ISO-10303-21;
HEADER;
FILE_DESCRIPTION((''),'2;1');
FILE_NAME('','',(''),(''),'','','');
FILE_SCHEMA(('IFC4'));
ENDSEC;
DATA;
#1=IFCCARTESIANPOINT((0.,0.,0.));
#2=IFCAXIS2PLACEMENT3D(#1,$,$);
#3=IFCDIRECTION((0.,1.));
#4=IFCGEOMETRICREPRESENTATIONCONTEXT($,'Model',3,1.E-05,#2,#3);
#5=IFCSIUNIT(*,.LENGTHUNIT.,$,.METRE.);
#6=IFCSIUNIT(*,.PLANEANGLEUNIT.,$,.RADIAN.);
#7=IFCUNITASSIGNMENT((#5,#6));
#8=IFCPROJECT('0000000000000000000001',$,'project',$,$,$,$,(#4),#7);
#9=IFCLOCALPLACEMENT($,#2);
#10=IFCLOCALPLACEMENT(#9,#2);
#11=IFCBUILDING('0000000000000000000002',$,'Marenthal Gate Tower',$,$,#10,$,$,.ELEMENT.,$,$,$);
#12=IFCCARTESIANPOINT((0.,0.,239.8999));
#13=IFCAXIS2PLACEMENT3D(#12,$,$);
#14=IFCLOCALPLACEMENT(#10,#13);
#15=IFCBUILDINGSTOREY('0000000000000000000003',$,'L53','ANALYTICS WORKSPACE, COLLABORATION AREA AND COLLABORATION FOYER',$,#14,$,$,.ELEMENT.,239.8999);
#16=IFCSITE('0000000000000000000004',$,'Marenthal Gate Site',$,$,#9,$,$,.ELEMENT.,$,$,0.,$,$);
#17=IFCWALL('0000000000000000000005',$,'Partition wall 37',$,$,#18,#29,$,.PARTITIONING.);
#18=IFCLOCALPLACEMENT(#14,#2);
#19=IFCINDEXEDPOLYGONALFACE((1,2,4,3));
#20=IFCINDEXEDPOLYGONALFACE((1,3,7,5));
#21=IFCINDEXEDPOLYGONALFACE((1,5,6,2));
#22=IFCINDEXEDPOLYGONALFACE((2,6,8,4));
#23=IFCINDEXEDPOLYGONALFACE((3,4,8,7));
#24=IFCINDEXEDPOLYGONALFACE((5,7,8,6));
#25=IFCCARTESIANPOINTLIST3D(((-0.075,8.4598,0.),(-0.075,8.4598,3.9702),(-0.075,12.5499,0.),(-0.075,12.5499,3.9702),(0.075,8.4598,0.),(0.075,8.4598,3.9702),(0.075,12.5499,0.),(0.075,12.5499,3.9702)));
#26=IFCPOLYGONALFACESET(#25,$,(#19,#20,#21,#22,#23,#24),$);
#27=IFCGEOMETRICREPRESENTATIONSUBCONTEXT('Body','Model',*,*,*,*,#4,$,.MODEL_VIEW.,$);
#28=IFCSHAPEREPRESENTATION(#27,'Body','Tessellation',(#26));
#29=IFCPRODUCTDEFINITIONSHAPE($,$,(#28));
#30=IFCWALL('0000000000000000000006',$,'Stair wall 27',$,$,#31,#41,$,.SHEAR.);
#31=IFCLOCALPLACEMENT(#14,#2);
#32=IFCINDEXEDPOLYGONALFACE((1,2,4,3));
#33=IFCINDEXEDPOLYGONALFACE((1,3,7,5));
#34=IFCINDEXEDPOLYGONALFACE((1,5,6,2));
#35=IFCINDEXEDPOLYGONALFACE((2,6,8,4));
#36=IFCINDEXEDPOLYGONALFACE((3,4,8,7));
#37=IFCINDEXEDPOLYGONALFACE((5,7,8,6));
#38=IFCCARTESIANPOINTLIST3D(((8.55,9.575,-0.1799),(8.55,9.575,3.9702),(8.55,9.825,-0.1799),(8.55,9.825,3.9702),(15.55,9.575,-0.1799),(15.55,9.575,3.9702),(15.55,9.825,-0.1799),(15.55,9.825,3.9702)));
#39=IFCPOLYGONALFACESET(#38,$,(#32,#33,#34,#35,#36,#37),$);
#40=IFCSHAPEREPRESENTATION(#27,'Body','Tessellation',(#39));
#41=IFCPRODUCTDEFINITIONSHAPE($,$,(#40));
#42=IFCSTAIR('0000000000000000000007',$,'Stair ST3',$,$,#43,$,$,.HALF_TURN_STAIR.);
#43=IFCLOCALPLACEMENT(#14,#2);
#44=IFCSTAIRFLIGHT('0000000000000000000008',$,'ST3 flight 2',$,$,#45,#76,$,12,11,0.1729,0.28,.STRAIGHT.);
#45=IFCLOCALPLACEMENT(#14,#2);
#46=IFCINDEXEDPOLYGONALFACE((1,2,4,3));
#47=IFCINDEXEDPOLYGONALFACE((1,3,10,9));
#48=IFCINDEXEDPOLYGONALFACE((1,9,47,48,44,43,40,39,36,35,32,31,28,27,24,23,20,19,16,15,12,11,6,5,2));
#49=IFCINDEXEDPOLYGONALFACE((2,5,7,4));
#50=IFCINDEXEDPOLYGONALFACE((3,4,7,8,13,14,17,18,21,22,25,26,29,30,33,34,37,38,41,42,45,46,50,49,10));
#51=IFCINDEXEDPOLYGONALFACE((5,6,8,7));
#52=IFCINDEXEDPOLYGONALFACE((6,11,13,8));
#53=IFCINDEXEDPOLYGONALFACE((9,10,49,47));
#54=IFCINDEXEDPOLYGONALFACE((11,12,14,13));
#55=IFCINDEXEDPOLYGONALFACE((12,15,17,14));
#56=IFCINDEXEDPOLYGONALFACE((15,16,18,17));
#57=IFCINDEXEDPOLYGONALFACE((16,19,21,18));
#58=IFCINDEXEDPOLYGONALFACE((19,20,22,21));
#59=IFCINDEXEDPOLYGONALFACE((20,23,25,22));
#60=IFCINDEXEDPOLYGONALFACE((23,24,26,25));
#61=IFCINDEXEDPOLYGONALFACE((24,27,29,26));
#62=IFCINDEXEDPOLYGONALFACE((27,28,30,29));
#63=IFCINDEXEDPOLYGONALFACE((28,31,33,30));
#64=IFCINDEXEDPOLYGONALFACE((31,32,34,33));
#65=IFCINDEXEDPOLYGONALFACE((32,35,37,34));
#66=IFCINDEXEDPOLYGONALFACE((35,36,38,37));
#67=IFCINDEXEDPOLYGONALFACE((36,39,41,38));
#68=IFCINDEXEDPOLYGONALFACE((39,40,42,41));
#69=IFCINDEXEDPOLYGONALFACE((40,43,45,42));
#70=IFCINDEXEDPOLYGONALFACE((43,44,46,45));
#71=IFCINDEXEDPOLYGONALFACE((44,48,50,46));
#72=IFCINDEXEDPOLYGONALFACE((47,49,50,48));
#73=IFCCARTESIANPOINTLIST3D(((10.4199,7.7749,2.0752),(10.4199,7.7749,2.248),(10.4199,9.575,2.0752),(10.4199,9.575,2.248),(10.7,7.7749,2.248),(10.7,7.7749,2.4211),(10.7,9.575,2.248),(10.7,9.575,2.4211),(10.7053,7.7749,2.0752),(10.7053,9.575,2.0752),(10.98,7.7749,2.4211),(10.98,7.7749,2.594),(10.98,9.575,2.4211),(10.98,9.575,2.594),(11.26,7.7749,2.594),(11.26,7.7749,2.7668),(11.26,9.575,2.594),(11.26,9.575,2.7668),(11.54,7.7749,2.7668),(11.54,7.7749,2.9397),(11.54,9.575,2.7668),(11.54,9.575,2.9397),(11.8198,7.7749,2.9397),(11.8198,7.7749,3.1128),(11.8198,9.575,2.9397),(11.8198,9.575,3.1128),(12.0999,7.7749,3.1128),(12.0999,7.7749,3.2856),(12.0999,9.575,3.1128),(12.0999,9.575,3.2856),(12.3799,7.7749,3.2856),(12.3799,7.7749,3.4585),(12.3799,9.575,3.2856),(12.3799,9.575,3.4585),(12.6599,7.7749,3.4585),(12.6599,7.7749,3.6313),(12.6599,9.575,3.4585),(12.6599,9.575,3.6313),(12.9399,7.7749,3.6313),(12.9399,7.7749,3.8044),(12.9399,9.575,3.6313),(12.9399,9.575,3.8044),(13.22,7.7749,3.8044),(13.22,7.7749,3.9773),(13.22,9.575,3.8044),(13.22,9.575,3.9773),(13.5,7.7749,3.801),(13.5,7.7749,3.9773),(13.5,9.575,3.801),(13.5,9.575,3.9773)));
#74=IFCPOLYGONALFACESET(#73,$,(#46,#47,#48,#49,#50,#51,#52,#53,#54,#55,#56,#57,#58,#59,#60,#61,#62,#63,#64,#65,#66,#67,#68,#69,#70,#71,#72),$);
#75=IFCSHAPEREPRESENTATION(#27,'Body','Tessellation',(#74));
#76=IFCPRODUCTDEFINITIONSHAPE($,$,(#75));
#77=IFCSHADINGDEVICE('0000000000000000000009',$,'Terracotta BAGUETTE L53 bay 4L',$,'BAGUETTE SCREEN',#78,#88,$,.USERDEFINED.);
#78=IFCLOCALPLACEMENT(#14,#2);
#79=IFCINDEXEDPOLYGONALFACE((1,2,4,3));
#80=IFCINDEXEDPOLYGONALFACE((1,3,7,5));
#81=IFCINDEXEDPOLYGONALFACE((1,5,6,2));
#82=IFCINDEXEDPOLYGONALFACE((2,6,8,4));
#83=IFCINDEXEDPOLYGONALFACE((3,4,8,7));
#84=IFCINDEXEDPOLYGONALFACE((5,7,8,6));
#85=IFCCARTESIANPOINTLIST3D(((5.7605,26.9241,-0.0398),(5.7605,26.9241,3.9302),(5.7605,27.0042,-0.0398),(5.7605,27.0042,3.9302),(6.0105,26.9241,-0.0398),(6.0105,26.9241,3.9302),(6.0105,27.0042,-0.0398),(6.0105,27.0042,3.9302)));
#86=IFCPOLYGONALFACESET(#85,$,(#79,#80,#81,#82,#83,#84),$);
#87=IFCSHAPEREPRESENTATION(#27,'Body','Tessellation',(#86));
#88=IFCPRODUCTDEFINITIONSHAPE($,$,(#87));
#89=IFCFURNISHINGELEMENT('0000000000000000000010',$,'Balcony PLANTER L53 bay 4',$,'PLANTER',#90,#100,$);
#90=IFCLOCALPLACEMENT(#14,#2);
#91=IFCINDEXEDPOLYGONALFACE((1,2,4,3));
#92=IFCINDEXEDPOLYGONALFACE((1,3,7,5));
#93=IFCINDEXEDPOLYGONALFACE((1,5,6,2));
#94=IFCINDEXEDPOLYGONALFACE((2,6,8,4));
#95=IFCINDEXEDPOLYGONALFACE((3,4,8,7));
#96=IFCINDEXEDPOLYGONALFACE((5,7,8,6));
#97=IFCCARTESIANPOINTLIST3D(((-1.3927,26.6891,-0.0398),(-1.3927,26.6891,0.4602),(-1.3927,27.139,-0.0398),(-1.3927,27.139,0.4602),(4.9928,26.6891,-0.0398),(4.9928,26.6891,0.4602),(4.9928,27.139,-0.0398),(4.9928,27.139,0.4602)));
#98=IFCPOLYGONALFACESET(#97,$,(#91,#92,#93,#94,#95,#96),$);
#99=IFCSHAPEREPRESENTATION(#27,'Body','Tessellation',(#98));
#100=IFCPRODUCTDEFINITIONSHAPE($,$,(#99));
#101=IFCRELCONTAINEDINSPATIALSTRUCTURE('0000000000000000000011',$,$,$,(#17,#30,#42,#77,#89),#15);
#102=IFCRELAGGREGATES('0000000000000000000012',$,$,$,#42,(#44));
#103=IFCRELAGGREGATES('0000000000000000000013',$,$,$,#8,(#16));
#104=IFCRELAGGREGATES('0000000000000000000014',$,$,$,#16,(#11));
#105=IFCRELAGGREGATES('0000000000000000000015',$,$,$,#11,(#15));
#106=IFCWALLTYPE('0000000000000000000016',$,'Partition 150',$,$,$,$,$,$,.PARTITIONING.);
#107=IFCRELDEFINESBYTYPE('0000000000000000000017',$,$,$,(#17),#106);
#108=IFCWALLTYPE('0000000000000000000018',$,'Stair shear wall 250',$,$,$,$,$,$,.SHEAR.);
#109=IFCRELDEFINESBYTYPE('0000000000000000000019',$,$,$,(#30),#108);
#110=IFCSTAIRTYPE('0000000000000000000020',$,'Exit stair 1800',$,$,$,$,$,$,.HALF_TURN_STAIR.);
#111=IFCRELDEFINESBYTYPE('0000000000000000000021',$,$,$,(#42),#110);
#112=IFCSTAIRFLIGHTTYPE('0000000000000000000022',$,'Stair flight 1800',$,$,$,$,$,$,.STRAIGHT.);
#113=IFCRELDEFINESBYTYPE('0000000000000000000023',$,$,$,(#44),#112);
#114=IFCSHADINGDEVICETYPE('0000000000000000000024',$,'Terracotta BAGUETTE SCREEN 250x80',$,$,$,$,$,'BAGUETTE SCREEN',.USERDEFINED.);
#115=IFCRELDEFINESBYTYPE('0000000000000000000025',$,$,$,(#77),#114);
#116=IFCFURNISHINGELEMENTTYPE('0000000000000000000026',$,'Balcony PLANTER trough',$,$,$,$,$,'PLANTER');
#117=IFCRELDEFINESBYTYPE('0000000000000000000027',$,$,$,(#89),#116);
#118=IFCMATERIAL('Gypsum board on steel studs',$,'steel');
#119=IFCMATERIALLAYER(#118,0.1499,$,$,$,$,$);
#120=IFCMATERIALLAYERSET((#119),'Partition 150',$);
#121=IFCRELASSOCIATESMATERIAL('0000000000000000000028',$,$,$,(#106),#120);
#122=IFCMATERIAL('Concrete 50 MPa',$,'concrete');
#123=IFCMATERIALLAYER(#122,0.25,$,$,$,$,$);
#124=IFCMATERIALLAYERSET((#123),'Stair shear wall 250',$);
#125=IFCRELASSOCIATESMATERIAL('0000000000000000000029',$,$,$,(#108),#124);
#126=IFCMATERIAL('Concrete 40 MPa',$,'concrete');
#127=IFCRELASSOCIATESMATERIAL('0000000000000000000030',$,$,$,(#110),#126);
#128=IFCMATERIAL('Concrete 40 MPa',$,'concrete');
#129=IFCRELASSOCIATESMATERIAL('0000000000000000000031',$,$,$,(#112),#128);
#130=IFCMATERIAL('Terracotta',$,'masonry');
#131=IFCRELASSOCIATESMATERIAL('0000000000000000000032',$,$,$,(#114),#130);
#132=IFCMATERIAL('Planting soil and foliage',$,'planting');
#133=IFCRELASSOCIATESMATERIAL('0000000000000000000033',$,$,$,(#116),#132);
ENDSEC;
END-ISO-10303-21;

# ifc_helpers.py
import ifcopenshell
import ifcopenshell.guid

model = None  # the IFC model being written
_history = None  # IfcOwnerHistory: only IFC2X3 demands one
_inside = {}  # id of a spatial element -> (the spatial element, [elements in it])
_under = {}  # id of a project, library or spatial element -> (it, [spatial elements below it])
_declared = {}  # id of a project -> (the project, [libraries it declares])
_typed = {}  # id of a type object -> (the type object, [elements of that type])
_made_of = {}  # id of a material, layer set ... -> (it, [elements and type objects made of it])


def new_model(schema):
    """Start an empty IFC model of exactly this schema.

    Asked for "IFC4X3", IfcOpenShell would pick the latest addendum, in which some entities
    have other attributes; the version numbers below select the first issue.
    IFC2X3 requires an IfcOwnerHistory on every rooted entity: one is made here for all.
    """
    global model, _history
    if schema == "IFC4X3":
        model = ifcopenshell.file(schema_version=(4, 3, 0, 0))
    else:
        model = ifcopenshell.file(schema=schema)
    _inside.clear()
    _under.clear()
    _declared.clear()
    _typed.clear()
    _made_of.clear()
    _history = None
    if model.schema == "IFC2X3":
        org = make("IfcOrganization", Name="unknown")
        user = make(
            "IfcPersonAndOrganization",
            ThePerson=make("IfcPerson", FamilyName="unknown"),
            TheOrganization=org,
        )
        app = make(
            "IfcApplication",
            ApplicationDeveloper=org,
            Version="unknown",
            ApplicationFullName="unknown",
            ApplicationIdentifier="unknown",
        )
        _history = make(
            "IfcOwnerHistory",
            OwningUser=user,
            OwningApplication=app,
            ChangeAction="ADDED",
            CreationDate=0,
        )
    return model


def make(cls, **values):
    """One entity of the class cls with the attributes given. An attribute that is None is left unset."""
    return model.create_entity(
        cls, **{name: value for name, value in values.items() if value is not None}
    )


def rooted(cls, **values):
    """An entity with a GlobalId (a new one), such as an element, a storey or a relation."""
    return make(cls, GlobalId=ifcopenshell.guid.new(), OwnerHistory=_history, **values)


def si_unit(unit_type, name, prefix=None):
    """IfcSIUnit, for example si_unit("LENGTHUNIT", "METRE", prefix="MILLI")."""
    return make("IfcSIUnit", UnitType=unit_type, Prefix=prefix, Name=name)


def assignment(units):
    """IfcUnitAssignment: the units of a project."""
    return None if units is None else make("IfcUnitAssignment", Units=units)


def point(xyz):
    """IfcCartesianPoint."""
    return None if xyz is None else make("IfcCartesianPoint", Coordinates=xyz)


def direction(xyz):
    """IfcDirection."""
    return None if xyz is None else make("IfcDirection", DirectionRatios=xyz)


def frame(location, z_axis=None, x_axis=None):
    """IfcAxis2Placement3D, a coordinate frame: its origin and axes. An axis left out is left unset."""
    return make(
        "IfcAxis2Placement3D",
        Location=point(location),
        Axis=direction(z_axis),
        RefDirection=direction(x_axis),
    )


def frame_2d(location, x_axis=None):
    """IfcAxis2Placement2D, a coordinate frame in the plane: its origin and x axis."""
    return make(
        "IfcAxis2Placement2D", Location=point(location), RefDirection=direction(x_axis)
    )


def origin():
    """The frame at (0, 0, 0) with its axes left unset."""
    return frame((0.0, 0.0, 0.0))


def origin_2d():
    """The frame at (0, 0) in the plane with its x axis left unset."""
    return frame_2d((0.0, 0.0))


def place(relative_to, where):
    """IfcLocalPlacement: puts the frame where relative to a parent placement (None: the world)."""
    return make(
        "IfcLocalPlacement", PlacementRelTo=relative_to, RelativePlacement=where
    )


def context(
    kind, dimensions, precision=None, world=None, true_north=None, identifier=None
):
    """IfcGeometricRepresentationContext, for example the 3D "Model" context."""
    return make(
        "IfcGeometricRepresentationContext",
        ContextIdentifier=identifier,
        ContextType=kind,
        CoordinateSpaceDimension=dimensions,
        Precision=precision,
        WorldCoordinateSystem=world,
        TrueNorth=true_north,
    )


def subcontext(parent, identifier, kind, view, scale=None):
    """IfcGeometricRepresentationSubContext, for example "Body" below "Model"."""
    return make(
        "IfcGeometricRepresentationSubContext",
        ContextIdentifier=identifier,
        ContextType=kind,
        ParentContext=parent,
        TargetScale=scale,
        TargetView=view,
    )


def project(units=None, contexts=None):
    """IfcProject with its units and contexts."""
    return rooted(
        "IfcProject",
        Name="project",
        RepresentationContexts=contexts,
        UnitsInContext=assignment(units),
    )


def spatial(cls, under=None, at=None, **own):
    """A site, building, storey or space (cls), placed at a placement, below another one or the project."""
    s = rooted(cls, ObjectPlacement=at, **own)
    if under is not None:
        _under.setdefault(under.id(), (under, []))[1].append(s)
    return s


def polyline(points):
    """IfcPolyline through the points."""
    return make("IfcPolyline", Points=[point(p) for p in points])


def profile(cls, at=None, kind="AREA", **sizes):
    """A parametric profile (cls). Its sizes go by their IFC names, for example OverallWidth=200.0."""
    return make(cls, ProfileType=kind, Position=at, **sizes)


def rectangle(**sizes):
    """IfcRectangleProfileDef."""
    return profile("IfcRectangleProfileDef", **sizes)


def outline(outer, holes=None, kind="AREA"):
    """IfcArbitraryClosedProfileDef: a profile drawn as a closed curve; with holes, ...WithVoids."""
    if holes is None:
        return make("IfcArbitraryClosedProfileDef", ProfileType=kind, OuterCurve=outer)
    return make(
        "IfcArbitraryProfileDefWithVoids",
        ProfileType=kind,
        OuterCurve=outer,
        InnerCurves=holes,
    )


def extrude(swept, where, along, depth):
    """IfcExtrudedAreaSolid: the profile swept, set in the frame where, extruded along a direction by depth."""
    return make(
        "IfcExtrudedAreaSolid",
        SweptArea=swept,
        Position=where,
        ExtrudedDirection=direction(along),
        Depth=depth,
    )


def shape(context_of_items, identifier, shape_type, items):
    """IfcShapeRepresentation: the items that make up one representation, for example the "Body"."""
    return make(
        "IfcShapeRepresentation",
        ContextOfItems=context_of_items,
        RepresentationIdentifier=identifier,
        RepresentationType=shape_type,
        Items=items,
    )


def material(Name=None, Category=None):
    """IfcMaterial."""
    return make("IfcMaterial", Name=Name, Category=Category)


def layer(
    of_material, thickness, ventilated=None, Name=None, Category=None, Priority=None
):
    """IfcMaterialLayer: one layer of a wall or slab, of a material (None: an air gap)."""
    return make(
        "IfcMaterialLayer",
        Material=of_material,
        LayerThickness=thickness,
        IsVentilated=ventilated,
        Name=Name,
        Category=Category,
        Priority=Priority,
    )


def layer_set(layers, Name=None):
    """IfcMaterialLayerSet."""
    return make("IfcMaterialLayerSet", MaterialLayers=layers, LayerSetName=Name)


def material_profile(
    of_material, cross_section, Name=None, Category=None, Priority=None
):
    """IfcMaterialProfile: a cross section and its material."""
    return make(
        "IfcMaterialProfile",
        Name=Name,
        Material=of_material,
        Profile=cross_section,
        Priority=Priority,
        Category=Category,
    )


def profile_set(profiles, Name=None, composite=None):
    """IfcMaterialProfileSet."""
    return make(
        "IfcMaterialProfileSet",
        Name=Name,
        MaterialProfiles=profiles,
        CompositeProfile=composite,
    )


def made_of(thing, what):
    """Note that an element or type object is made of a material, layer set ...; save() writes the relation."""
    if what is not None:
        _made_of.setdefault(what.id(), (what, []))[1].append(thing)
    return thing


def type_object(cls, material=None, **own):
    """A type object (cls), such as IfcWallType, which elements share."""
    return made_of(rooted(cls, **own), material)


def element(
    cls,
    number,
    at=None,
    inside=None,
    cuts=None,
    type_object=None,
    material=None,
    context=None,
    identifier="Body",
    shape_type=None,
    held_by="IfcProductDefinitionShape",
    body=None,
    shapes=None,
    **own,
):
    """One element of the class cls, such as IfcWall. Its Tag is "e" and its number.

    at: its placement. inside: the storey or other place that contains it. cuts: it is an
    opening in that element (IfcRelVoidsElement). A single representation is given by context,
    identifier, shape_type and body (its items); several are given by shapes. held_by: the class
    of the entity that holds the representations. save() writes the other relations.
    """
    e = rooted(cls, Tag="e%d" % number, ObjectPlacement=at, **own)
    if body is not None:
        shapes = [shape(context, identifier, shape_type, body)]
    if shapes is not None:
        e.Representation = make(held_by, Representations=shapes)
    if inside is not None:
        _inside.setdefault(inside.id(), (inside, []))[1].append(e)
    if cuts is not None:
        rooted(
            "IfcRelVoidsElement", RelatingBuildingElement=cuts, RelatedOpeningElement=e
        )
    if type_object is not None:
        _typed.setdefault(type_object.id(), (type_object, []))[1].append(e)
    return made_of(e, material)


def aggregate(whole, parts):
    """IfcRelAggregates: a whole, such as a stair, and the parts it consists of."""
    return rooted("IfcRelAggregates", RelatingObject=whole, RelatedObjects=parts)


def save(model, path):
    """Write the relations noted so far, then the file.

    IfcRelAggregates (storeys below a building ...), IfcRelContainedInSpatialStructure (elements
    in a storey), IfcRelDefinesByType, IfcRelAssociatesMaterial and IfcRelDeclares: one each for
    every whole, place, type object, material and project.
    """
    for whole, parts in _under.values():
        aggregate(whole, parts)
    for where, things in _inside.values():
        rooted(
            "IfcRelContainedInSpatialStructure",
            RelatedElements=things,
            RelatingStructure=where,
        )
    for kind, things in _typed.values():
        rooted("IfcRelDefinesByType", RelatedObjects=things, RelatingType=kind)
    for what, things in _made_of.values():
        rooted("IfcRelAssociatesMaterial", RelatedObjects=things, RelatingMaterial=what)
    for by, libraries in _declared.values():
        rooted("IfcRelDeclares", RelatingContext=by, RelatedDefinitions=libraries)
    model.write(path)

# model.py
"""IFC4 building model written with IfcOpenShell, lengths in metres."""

from ifc_helpers import new_model, si_unit, direction, frame, frame_2d, origin, origin_2d, place, context, subcontext, project, spatial, polyline, rectangle, outline, extrude, material, layer, layer_set, material_profile, profile_set, type_object, element, aggregate, save


model = new_model("IFC4")

# Units and contexts
model_context = context("Model", 3, precision=1e-05, world=origin(), true_north=direction((0.0, 1.0)))
body_context = subcontext(model_context, "Body", "Model", "MODEL_VIEW")
ifc_project = project(units=[si_unit("LENGTHUNIT", "METRE"), si_unit("PLANEANGLEUNIT", "RADIAN")], contexts=[model_context])

# Site, building, storey
site_placement = place(None, origin())
site = spatial("IfcSite", under=ifc_project, at=site_placement, Name="Marenthal Gate Site", CompositionType="ELEMENT", RefElevation=0.0)
building_placement = place(site_placement, origin())
building = spatial("IfcBuilding", under=site, at=building_placement, Name="Marenthal Gate Tower", CompositionType="ELEMENT")
storey_placement = place(building_placement, frame((0.0, 0.0, 239.8999)))
storey = spatial("IfcBuildingStorey", under=building, at=storey_placement, Name="L53", Description="ANALYTICS WORKSPACE, COLLABORATION AREA AND COLLABORATION FOYER", CompositionType="ELEMENT", Elevation=239.8999)

# Walls
ifc_material_1 = material(Name="Gypsum board on steel studs", Category="steel")
ifc_layer_1 = layer(ifc_material_1, 0.1499)
ifc_layer_set_1 = layer_set([ifc_layer_1], Name="Partition 150")
wall_type_1 = type_object("IfcWallType", Name="Partition 150", PredefinedType="PARTITIONING", material=ifc_layer_set_1)
wall_1_placement = place(storey_placement, frame((0.0, 8.46, 0.0), z_axis=(0.0, 0.0, 1.0), x_axis=(0.0, 1.0, 0.0)))
element("IfcWall", 1, at=wall_1_placement, inside=storey, type_object=wall_type_1, Name="Partition wall 37", PredefinedType="PARTITIONING", context=body_context, shape_type="SweptSolid", body=[
    extrude(rectangle(XDim=4.0901, YDim=0.1499, at=frame_2d((2.0449, 0.0))), origin(), (0.0, 0.0, 1.0), 3.9702),
])
ifc_material_2 = material(Name="Concrete 50 MPa", Category="concrete")
ifc_layer_2 = layer(ifc_material_2, 0.25)
ifc_layer_set_2 = layer_set([ifc_layer_2], Name="Stair shear wall 250")
wall_type_2 = type_object("IfcWallType", Name="Stair shear wall 250", PredefinedType="SHEAR", material=ifc_layer_set_2)
wall_2_placement = place(storey_placement, frame((8.55, 9.7, -0.1799), z_axis=(0.0, 0.0, 1.0), x_axis=(1.0, 0.0, 0.0)))
element("IfcWall", 2, at=wall_2_placement, inside=storey, type_object=wall_type_2, Name="Stair wall 27", PredefinedType="SHEAR", context=body_context, shape_type="SweptSolid", body=[
    extrude(rectangle(XDim=7.0, YDim=0.25, at=frame_2d((3.5, 0.0))), origin(), (0.0, 0.0, 1.0), 4.1501),
])

# Stair, stair flight
ifc_material_3 = material(Name="Concrete 40 MPa", Category="concrete")
stair_type = type_object("IfcStairType", Name="Exit stair 1800", PredefinedType="HALF_TURN_STAIR", material=ifc_material_3)
stair_placement = place(storey_placement, origin())
stair = element("IfcStair", 3, at=stair_placement, inside=storey, type_object=stair_type, Name="Stair ST3", PredefinedType="HALF_TURN_STAIR")
ifc_material_4 = material(Name="Concrete 40 MPa", Category="concrete")
stair_flight_type = type_object("IfcStairFlightType", Name="Stair flight 1800", PredefinedType="STRAIGHT", material=ifc_material_4)
stair_flight_placement = place(storey_placement, frame((10.4199, 8.675, 2.0752), z_axis=(0.0, 0.0, 1.0), x_axis=(1.0, 0.0, 0.0)))
stair_flight = element("IfcStairFlight", 4, at=stair_flight_placement, type_object=stair_flight_type, Name="ST3 flight 2", NumberOfRisers=12, NumberOfTreads=11, PredefinedType="STRAIGHT", RiserHeight=0.1729, TreadLength=0.28, context=body_context, shape_type="SweptSolid", body=[
    extrude(outline(polyline([(0.0, 0.0), (0.0, 0.1729), (0.28, 0.1729), (0.28, 0.3459), (0.5601, 0.3459), (0.5601, 0.5188), (0.8401, 0.5188), (0.8401, 0.6917), (1.1201, 0.6917), (1.1201, 0.8645), (1.3999, 0.8645), (1.3999, 1.0376), (1.6799, 1.0376), (1.6799, 1.2104), (1.96, 1.2104), (1.96, 1.3833), (2.24, 1.3833), (2.24, 1.5562), (2.52, 1.5562), (2.52, 1.7292), (2.8, 1.7292), (2.8, 1.9021), (3.0801, 1.9021), (3.0801, 2.075), (3.0801, 1.7258), (0.2854, 0.0), (0.0, 0.0)])), frame((0.0, 0.8999, 0.0), z_axis=(0.0, -1.0, 0.0), x_axis=(1.0, 0.0, 0.0)), (0.0, 0.0, 1.0), 1.8),
])
aggregate(stair, [stair_flight])

# Shading device
ifc_material_5 = material(Name="Terracotta", Category="masonry")
ifc_material_profile_1 = material_profile(ifc_material_5, rectangle(XDim=0.25, YDim=0.0801, at=origin_2d()), Name="Terracotta baguette 250x80")
ifc_profile_set_1 = profile_set([ifc_material_profile_1], Name="Terracotta")
shading_device_type = type_object("IfcShadingDeviceType", Name="Terracotta BAGUETTE SCREEN 250x80", ElementType="BAGUETTE SCREEN", PredefinedType="USERDEFINED", material=ifc_profile_set_1)
shading_device_placement = place(storey_placement, frame((5.8855, 26.9641, -0.0398), z_axis=(0.0, 0.0, 1.0), x_axis=(-1.0, 0.0, 0.0)))
element("IfcShadingDevice", 5, at=shading_device_placement, inside=storey, type_object=shading_device_type, Name="Terracotta BAGUETTE L53 bay 4L", ObjectType="BAGUETTE SCREEN", PredefinedType="USERDEFINED", context=body_context, shape_type="SweptSolid", body=[
    extrude(rectangle(XDim=0.25, YDim=0.0801, at=origin_2d()), origin(), (0.0, 0.0, 1.0), 3.97),
])

# Furnishing element
ifc_material_6 = material(Name="Planting soil and foliage", Category="planting")
furnishing_element_type = type_object("IfcFurnishingElementType", Name="Balcony PLANTER trough", ElementType="PLANTER", material=ifc_material_6)
furnishing_placement = place(storey_placement, frame((1.8, 26.9141, -0.0398), z_axis=(0.0, 0.0, 1.0), x_axis=(-1.0, 0.0, 0.0)))
element("IfcFurnishingElement", 6, at=furnishing_placement, inside=storey, type_object=furnishing_element_type, Name="Balcony PLANTER L53 bay 4", ObjectType="PLANTER", context=body_context, shape_type="SweptSolid", body=[
    extrude(rectangle(XDim=6.3855, YDim=0.45, at=origin_2d()), origin(), (0.0, 0.0, 1.0), 0.5),
])

save(model, "model.ifc")
